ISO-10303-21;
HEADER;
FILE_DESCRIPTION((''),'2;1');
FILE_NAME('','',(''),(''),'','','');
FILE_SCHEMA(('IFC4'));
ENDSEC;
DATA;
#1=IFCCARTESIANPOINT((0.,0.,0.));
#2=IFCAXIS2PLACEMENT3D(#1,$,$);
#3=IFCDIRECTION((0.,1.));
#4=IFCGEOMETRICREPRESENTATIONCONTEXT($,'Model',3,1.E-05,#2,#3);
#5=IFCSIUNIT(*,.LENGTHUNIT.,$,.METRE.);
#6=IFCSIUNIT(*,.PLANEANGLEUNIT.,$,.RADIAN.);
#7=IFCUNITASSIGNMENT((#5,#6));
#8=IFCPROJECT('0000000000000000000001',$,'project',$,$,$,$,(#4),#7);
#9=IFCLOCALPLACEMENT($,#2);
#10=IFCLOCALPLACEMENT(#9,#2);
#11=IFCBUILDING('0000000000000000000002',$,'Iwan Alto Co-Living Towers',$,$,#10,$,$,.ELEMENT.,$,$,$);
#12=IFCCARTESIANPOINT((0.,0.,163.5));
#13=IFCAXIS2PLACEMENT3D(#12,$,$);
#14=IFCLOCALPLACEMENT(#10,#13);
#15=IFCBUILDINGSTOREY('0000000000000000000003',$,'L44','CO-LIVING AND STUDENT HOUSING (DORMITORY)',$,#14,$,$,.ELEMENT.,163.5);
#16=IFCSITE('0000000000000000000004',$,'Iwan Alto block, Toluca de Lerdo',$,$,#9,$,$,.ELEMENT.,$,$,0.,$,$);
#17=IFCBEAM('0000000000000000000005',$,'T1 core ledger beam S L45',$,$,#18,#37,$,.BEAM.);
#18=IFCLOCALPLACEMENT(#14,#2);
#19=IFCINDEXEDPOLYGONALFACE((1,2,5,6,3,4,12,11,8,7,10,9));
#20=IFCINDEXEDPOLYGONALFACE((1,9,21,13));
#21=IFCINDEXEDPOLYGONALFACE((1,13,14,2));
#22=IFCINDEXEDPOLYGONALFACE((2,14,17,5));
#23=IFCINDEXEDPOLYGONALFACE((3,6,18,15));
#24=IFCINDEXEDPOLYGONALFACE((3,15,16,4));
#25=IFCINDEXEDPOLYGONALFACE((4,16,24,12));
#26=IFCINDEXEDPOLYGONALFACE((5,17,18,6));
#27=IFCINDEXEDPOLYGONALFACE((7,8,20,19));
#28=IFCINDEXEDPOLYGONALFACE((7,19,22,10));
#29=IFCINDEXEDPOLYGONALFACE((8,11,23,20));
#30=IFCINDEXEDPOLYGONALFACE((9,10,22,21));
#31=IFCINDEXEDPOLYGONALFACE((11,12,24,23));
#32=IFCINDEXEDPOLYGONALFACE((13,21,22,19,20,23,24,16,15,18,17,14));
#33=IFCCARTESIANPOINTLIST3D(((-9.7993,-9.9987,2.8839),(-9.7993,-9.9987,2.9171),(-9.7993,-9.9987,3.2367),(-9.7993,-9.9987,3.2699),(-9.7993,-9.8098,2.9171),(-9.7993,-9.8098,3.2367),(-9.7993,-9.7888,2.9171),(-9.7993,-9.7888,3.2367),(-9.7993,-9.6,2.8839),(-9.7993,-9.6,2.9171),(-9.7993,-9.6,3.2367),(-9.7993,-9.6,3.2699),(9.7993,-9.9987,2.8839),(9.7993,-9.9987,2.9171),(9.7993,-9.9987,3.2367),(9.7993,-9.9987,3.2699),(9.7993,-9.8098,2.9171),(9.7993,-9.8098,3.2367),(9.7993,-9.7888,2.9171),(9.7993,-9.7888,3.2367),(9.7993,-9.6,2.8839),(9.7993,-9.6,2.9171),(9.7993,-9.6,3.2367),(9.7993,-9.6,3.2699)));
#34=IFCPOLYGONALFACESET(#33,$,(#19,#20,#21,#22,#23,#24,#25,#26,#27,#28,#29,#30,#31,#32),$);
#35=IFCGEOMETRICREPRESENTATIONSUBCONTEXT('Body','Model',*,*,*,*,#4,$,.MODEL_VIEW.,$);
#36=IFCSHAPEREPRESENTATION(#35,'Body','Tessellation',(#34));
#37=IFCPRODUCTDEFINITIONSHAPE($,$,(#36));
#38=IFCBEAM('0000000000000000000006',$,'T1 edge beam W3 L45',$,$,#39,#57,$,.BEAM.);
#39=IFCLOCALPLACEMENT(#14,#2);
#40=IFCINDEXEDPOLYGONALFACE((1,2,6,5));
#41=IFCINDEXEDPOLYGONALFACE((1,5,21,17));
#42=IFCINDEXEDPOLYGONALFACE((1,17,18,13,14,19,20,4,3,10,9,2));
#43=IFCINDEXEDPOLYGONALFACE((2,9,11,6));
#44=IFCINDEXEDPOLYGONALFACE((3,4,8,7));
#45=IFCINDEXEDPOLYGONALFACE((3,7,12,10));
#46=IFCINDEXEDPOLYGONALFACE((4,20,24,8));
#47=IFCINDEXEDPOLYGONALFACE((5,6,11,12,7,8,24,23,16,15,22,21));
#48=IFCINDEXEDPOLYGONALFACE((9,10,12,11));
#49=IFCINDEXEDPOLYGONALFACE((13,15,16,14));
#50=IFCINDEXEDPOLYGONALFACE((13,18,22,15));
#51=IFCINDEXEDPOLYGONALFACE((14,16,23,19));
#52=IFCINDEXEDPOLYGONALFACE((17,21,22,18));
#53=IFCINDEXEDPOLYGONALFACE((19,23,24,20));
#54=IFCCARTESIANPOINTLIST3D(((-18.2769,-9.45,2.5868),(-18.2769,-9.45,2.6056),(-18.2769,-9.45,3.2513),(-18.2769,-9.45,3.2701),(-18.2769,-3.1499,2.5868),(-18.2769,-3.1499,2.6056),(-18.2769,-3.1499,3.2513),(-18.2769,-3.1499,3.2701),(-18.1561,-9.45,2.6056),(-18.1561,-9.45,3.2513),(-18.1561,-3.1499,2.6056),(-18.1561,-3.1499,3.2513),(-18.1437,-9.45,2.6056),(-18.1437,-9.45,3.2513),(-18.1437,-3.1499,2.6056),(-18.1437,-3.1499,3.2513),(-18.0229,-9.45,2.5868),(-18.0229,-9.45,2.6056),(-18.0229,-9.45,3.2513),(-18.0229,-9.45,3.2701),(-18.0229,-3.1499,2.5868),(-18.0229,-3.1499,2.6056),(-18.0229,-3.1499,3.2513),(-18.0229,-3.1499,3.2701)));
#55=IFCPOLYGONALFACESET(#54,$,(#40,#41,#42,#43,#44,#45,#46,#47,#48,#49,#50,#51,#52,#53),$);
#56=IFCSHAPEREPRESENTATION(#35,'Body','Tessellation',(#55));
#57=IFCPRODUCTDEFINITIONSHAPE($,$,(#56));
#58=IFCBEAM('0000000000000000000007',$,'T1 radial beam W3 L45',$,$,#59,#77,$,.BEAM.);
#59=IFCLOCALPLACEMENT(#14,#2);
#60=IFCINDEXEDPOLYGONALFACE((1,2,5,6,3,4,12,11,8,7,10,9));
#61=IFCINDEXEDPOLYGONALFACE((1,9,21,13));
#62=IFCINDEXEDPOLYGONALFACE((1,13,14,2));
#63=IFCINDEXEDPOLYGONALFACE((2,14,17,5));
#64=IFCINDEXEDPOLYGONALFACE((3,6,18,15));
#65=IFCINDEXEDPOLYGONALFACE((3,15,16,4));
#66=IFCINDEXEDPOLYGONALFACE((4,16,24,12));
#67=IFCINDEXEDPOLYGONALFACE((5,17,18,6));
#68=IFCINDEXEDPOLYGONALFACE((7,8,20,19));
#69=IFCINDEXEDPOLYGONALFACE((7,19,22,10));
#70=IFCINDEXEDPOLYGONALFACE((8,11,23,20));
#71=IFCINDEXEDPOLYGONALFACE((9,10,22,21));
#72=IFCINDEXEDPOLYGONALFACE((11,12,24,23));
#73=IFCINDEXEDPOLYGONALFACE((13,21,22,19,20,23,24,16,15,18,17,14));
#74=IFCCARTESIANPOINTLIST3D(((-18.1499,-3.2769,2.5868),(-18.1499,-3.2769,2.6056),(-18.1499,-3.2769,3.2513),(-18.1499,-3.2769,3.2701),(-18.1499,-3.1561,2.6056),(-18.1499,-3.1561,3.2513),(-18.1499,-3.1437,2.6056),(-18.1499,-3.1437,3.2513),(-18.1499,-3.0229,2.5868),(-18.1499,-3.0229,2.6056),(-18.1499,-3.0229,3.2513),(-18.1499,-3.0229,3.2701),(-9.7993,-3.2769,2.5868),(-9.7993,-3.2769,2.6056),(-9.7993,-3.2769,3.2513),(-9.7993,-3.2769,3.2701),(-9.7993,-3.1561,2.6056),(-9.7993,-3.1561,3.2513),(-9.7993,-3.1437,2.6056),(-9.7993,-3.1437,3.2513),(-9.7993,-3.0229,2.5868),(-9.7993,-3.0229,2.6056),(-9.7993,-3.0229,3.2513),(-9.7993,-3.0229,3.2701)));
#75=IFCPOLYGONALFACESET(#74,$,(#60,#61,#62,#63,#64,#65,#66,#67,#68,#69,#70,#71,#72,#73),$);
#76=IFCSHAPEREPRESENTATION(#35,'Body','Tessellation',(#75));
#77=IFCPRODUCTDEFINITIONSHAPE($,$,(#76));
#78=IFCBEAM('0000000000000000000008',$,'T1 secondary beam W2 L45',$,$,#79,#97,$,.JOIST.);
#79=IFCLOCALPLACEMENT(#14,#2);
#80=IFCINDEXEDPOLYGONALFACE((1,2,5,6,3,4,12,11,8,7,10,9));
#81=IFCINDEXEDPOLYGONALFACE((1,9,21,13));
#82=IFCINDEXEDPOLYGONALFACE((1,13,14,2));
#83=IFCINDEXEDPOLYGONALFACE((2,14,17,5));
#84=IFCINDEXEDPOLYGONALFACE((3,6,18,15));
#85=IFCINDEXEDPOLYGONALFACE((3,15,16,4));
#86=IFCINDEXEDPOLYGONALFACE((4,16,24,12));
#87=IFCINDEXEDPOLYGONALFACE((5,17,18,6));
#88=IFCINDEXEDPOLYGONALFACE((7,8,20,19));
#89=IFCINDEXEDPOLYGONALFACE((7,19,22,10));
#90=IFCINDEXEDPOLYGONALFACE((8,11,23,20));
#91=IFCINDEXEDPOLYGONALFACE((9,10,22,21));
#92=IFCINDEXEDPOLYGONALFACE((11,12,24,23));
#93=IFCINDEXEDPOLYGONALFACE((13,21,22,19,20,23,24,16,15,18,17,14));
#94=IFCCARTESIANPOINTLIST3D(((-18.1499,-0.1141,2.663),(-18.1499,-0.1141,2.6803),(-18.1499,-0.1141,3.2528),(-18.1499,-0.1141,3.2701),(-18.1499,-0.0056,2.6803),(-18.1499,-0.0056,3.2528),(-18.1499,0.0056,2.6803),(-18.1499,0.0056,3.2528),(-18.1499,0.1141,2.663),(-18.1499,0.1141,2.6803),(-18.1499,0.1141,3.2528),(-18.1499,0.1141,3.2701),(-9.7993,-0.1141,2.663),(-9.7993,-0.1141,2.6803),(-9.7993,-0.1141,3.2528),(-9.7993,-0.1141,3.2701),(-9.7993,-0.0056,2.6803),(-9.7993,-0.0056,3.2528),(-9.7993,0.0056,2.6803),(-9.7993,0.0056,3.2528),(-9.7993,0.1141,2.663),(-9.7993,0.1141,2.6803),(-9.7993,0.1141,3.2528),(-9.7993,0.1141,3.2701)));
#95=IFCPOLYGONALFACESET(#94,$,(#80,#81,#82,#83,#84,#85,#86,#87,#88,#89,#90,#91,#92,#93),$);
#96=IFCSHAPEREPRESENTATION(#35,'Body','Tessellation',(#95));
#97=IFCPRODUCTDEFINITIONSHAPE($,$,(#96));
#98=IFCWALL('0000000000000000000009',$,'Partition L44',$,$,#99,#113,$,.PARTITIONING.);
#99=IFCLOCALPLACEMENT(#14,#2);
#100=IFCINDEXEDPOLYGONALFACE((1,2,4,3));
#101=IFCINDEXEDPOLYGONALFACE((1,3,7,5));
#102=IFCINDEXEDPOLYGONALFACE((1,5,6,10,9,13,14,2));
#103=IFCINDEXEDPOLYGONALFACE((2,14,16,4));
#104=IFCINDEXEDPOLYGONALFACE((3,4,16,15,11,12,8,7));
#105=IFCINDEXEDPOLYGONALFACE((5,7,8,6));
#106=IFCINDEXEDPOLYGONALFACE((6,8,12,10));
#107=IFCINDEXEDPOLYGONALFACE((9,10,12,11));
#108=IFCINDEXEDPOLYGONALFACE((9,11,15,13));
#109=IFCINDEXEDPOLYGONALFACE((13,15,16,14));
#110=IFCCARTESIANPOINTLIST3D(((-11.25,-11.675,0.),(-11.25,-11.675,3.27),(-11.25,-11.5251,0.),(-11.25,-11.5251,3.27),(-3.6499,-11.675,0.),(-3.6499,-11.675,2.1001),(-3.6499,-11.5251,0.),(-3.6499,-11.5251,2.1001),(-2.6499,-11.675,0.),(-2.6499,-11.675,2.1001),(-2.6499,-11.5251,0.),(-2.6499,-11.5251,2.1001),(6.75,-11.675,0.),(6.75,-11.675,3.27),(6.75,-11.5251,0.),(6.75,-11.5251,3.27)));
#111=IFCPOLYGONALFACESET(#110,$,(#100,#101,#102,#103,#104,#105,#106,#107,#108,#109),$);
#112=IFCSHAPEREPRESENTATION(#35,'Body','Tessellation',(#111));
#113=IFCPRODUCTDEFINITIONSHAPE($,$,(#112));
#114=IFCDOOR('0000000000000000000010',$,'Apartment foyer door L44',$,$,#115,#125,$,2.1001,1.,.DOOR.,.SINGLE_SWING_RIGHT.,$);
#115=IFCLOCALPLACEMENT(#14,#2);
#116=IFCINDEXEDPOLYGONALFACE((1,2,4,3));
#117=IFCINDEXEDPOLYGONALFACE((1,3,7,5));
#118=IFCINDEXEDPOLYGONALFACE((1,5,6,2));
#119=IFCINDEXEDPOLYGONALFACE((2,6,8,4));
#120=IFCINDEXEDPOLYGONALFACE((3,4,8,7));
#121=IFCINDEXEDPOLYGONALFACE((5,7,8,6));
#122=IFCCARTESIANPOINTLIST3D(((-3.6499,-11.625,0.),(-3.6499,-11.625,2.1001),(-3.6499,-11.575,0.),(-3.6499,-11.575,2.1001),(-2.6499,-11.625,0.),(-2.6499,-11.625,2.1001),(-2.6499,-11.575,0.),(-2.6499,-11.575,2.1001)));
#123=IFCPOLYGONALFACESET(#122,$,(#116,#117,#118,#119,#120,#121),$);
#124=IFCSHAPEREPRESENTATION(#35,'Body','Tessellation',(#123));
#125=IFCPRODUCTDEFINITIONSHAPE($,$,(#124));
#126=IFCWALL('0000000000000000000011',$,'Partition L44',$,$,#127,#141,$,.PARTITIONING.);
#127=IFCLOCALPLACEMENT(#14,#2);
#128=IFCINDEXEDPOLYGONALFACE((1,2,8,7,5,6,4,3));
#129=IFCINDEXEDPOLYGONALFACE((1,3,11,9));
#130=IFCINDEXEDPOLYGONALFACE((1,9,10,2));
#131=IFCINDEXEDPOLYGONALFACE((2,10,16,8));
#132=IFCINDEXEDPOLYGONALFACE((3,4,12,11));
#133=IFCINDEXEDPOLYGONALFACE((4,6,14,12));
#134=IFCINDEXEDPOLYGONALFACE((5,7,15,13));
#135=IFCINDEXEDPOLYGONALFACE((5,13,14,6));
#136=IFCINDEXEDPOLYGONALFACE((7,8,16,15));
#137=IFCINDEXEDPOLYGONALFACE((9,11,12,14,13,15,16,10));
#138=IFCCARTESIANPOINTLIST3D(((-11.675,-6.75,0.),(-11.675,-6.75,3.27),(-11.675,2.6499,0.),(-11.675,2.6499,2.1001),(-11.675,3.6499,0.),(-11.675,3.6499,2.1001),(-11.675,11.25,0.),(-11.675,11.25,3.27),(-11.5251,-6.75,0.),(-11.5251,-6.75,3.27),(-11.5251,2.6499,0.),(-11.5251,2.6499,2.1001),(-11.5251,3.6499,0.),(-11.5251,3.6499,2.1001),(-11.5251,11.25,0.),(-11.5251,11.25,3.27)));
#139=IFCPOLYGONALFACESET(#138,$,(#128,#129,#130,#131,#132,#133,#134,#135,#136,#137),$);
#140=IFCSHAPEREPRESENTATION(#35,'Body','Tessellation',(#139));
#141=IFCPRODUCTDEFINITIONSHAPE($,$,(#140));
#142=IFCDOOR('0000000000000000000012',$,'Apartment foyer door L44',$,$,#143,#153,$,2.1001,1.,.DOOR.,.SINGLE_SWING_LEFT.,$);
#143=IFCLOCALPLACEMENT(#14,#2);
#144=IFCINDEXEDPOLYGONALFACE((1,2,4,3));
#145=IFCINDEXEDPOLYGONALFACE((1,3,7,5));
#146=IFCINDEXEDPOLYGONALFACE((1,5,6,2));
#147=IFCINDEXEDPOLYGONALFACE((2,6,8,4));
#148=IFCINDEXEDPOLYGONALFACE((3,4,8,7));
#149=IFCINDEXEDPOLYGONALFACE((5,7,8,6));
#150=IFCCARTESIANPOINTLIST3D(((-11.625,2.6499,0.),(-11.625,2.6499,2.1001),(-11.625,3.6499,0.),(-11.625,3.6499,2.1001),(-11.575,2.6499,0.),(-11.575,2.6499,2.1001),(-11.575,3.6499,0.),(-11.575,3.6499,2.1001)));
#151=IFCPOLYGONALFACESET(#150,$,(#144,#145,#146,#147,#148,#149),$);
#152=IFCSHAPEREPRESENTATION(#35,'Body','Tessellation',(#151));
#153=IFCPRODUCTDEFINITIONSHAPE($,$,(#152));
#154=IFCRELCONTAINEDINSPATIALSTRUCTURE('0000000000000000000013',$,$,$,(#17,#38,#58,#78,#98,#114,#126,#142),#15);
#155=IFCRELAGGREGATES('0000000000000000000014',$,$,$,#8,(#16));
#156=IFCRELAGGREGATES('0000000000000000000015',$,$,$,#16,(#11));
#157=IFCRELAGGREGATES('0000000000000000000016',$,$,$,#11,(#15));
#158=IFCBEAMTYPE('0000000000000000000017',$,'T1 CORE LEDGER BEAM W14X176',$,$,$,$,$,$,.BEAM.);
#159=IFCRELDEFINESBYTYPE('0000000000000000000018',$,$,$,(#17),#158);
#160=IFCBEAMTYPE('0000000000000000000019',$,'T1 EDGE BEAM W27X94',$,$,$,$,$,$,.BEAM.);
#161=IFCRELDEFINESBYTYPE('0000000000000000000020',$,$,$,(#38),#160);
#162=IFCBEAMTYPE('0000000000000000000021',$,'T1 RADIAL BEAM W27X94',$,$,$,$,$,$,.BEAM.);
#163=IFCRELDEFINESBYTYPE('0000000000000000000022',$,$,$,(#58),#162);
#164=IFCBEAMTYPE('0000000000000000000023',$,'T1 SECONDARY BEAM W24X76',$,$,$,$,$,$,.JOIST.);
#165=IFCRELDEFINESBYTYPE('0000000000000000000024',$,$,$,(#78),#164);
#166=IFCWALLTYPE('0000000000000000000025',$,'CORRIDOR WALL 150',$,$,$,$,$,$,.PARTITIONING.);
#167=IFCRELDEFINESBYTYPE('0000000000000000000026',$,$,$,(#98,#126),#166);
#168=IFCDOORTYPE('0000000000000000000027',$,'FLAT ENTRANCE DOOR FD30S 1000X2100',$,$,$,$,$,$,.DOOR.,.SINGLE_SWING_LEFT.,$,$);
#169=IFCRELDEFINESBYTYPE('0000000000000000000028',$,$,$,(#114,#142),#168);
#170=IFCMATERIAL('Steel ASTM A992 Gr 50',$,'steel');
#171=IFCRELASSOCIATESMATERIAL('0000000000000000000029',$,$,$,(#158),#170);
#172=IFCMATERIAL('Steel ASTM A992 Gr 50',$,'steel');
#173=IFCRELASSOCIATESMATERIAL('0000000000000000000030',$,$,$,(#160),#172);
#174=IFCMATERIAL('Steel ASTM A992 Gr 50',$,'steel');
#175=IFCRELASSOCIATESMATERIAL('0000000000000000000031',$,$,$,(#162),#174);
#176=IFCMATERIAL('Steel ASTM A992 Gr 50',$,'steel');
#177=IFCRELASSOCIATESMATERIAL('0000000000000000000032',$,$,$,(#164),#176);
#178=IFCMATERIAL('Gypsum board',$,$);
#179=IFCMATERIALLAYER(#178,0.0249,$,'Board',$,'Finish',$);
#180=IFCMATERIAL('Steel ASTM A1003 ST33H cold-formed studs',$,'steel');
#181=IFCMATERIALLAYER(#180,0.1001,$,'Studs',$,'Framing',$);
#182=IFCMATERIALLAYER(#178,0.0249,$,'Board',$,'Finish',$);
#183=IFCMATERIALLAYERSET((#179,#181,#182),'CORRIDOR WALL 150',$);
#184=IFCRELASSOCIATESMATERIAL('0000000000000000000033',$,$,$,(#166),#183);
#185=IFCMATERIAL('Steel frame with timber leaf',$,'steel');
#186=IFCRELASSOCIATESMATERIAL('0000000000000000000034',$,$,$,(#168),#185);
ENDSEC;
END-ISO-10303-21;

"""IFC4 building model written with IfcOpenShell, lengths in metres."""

from ifc_helpers import new_model, si_unit, direction, frame, frame_2d, origin, origin_2d, place, context, subcontext, project, spatial, rectangle, i_section, extrude, material, layer, layer_set, material_profile, profile_set, type_object, element, fill, save


model = new_model("IFC4")

# Units and contexts
model_context = context("Model", 3, precision=1e-05, world=origin(), true_north=direction((0.0, 1.0)))
body_context = subcontext(model_context, "Body", "Model", "MODEL_VIEW")
ifc_project = project(units=[si_unit("LENGTHUNIT", "METRE"), si_unit("PLANEANGLEUNIT", "RADIAN")], contexts=[model_context])

# Site, building, storey
site_placement = place(None, origin())
site = spatial("IfcSite", under=ifc_project, at=site_placement, Name="Iwan Alto block, Toluca de Lerdo", CompositionType="ELEMENT", RefElevation=0.0)
building_placement = place(site_placement, origin())
building = spatial("IfcBuilding", under=site, at=building_placement, Name="Iwan Alto Co-Living Towers", CompositionType="ELEMENT")
storey_placement = place(building_placement, frame((0.0, 0.0, 163.5)))
storey = spatial("IfcBuildingStorey", under=building, at=storey_placement, Name="L44", Description="CO-LIVING AND STUDENT HOUSING (DORMITORY)", CompositionType="ELEMENT", Elevation=163.5)

# Beams
ifc_material_1 = material(Name="Steel ASTM A992 Gr 50", Category="steel")
ifc_material_profile_1 = material_profile(ifc_material_1, i_section(OverallWidth=0.3987, OverallDepth=0.386, WebThickness=0.021, FlangeThickness=0.0332, at=origin_2d()), Name="W14X176")
ifc_profile_set_1 = profile_set([ifc_material_profile_1], Name="Steel ASTM A992 Gr 50")
beam_type_1 = type_object("IfcBeamType", Name="T1 CORE LEDGER BEAM W14X176", PredefinedType="BEAM", material=ifc_profile_set_1)
beam_1_placement = place(storey_placement, frame((-9.7993, -9.7993, 3.0769), z_axis=(1.0, 0.0, 0.0), x_axis=(0.0, 1.0, 0.0)))
element("IfcBeam", 1, at=beam_1_placement, inside=storey, type_object=beam_type_1, Name="T1 core ledger beam S L45", PredefinedType="BEAM", context=body_context, shape_type="SweptSolid", body=[
    extrude(i_section(OverallWidth=0.3987, OverallDepth=0.386, WebThickness=0.021, FlangeThickness=0.0332, at=origin_2d()), origin(), (0.0, 0.0, 1.0), 19.5986),
])
ifc_material_2 = material(Name="Steel ASTM A992 Gr 50", Category="steel")
ifc_material_profile_2 = material_profile(ifc_material_2, i_section(OverallWidth=0.2539, OverallDepth=0.6833, WebThickness=0.0125, FlangeThickness=0.0188, at=origin_2d()), Name="W27X94")
ifc_profile_set_2 = profile_set([ifc_material_profile_2], Name="Steel ASTM A992 Gr 50")
beam_type_2 = type_object("IfcBeamType", Name="T1 EDGE BEAM W27X94", PredefinedType="BEAM", material=ifc_profile_set_2)
beam_2_placement = place(storey_placement, frame((-18.1499, -3.1499, 2.9285), z_axis=(0.0, -1.0, 0.0), x_axis=(1.0, 0.0, 0.0)))
element("IfcBeam", 2, at=beam_2_placement, inside=storey, type_object=beam_type_2, Name="T1 edge beam W3 L45", PredefinedType="BEAM", context=body_context, shape_type="SweptSolid", body=[
    extrude(i_section(OverallWidth=0.2539, OverallDepth=0.6833, WebThickness=0.0125, FlangeThickness=0.0188, at=origin_2d()), origin(), (0.0, 0.0, 1.0), 6.3),
])
ifc_material_3 = material(Name="Steel ASTM A992 Gr 50", Category="steel")
ifc_material_profile_3 = material_profile(ifc_material_3, i_section(OverallWidth=0.2539, OverallDepth=0.6833, WebThickness=0.0125, FlangeThickness=0.0188, at=origin_2d()), Name="W27X94")
ifc_profile_set_3 = profile_set([ifc_material_profile_3], Name="Steel ASTM A992 Gr 50")
beam_type_3 = type_object("IfcBeamType", Name="T1 RADIAL BEAM W27X94", PredefinedType="BEAM", material=ifc_profile_set_3)
beam_3_placement = place(storey_placement, frame((-18.1499, -3.1499, 2.9285), z_axis=(1.0, 0.0, 0.0), x_axis=(0.0, 1.0, 0.0)))
element("IfcBeam", 3, at=beam_3_placement, inside=storey, type_object=beam_type_3, Name="T1 radial beam W3 L45", PredefinedType="BEAM", context=body_context, shape_type="SweptSolid", body=[
    extrude(i_section(OverallWidth=0.2539, OverallDepth=0.6833, WebThickness=0.0125, FlangeThickness=0.0188, at=origin_2d()), origin(), (0.0, 0.0, 1.0), 8.3506),
])
ifc_material_4 = material(Name="Steel ASTM A992 Gr 50", Category="steel")
ifc_material_profile_4 = material_profile(ifc_material_4, i_section(OverallWidth=0.2283, OverallDepth=0.6072, WebThickness=0.0112, FlangeThickness=0.0173, at=origin_2d()), Name="W24X76")
ifc_profile_set_4 = profile_set([ifc_material_profile_4], Name="Steel ASTM A992 Gr 50")
beam_type_4 = type_object("IfcBeamType", Name="T1 SECONDARY BEAM W24X76", PredefinedType="JOIST", material=ifc_profile_set_4)
beam_4_placement = place(storey_placement, frame((-18.1499, 0.0, 2.9666), z_axis=(1.0, 0.0, 0.0), x_axis=(0.0, 1.0, 0.0)))
element("IfcBeam", 4, at=beam_4_placement, inside=storey, type_object=beam_type_4, Name="T1 secondary beam W2 L45", PredefinedType="JOIST", context=body_context, shape_type="SweptSolid", body=[
    extrude(i_section(OverallWidth=0.2283, OverallDepth=0.6072, WebThickness=0.0112, FlangeThickness=0.0173, at=origin_2d()), origin(), (0.0, 0.0, 1.0), 8.3506),
])

# Walls, openings, doors
ifc_material_5 = material(Name="Gypsum board")
ifc_layer_1 = layer(ifc_material_5, 0.0249, Name="Board", Category="Finish")
ifc_material_6 = material(Name="Steel ASTM A1003 ST33H cold-formed studs", Category="steel")
ifc_layer_2 = layer(ifc_material_6, 0.1001, Name="Studs", Category="Framing")
ifc_layer_3 = layer(ifc_material_5, 0.0249, Name="Board", Category="Finish")
ifc_layer_set_1 = layer_set([ifc_layer_1, ifc_layer_2, ifc_layer_3], Name="CORRIDOR WALL 150")
wall_type_1 = type_object("IfcWallType", Name="CORRIDOR WALL 150", PredefinedType="PARTITIONING", material=ifc_layer_set_1)
wall_1_placement = place(storey_placement, frame((-11.25, -11.6001, 0.0), z_axis=(0.0, 0.0, 1.0), x_axis=(1.0, 0.0, 0.0)))
wall_1 = element("IfcWall", 5, at=wall_1_placement, inside=storey, type_object=wall_type_1, Name="Partition L44", PredefinedType="PARTITIONING", context=body_context, shape_type="SweptSolid", body=[
    extrude(rectangle(XDim=18.0, YDim=0.1499, at=frame_2d((9.0, 0.0))), origin(), (0.0, 0.0, 1.0), 3.27),
])
opening_1_placement = place(wall_1_placement, frame((7.6001, 0.0, 0.0)))
opening_1 = element("IfcOpeningElement", 6, at=opening_1_placement, cuts=wall_1, PredefinedType="OPENING", context=body_context, shape_type="SweptSolid", body=[
    extrude(rectangle(XDim=1.0, YDim=2.1001, at=frame_2d((0.5, 1.05))), frame((0.0, 0.085, 0.0), z_axis=(0.0, -1.0, 0.0), x_axis=(1.0, 0.0, 0.0)), (0.0, 0.0, 1.0), 0.1699),
])
ifc_material_7 = material(Name="Steel frame with timber leaf", Category="steel")
door_type_1 = type_object("IfcDoorType", Name="FLAT ENTRANCE DOOR FD30S 1000X2100", OperationType="SINGLE_SWING_LEFT", PredefinedType="DOOR", material=ifc_material_7)
door_1_placement = place(opening_1_placement, frame((1.0, 0.0, 0.0), z_axis=(0.0, 0.0, 1.0), x_axis=(-1.0, 0.0, 0.0)))
door_1 = element("IfcDoor", 7, at=door_1_placement, inside=storey, type_object=door_type_1, Name="Apartment foyer door L44", OperationType="SINGLE_SWING_RIGHT", OverallHeight=2.1001, OverallWidth=1.0, PredefinedType="DOOR", context=body_context, shape_type="SweptSolid", body=[
    extrude(rectangle(XDim=1.0, YDim=2.1001, at=frame_2d((0.5, 1.05))), frame((0.0, 0.0249, 0.0), z_axis=(0.0, -1.0, 0.0), x_axis=(1.0, 0.0, 0.0)), (0.0, 0.0, 1.0), 0.05),
])
fill(opening_1, door_1)
wall_2_placement = place(storey_placement, frame((-11.6001, -6.75, 0.0), z_axis=(0.0, 0.0, 1.0), x_axis=(0.0, 1.0, 0.0)))
wall_2 = element("IfcWall", 8, at=wall_2_placement, inside=storey, type_object=wall_type_1, Name="Partition L44", PredefinedType="PARTITIONING", context=body_context, shape_type="SweptSolid", body=[
    extrude(rectangle(XDim=18.0, YDim=0.1499, at=frame_2d((9.0, 0.0))), origin(), (0.0, 0.0, 1.0), 3.27),
])
opening_2_placement = place(wall_2_placement, frame((9.3999, 0.0, 0.0)))
opening_2 = element("IfcOpeningElement", 9, at=opening_2_placement, cuts=wall_2, PredefinedType="OPENING", context=body_context, shape_type="SweptSolid", body=[
    extrude(rectangle(XDim=1.0, YDim=2.1001, at=frame_2d((0.5, 1.05))), frame((0.0, 0.085, 0.0), z_axis=(0.0, -1.0, 0.0), x_axis=(1.0, 0.0, 0.0)), (0.0, 0.0, 1.0), 0.1699),
])
door_2_placement = place(opening_2_placement, origin())
door_2 = element("IfcDoor", 10, at=door_2_placement, inside=storey, type_object=door_type_1, Name="Apartment foyer door L44", OperationType="SINGLE_SWING_LEFT", OverallHeight=2.1001, OverallWidth=1.0, PredefinedType="DOOR", context=body_context, shape_type="SweptSolid", body=[
    extrude(rectangle(XDim=1.0, YDim=2.1001, at=frame_2d((0.5, 1.05))), frame((0.0, 0.0249, 0.0), z_axis=(0.0, -1.0, 0.0), x_axis=(1.0, 0.0, 0.0)), (0.0, 0.0, 1.0), 0.05),
])
fill(opening_2, door_2)

save(model, "model.ifc")
